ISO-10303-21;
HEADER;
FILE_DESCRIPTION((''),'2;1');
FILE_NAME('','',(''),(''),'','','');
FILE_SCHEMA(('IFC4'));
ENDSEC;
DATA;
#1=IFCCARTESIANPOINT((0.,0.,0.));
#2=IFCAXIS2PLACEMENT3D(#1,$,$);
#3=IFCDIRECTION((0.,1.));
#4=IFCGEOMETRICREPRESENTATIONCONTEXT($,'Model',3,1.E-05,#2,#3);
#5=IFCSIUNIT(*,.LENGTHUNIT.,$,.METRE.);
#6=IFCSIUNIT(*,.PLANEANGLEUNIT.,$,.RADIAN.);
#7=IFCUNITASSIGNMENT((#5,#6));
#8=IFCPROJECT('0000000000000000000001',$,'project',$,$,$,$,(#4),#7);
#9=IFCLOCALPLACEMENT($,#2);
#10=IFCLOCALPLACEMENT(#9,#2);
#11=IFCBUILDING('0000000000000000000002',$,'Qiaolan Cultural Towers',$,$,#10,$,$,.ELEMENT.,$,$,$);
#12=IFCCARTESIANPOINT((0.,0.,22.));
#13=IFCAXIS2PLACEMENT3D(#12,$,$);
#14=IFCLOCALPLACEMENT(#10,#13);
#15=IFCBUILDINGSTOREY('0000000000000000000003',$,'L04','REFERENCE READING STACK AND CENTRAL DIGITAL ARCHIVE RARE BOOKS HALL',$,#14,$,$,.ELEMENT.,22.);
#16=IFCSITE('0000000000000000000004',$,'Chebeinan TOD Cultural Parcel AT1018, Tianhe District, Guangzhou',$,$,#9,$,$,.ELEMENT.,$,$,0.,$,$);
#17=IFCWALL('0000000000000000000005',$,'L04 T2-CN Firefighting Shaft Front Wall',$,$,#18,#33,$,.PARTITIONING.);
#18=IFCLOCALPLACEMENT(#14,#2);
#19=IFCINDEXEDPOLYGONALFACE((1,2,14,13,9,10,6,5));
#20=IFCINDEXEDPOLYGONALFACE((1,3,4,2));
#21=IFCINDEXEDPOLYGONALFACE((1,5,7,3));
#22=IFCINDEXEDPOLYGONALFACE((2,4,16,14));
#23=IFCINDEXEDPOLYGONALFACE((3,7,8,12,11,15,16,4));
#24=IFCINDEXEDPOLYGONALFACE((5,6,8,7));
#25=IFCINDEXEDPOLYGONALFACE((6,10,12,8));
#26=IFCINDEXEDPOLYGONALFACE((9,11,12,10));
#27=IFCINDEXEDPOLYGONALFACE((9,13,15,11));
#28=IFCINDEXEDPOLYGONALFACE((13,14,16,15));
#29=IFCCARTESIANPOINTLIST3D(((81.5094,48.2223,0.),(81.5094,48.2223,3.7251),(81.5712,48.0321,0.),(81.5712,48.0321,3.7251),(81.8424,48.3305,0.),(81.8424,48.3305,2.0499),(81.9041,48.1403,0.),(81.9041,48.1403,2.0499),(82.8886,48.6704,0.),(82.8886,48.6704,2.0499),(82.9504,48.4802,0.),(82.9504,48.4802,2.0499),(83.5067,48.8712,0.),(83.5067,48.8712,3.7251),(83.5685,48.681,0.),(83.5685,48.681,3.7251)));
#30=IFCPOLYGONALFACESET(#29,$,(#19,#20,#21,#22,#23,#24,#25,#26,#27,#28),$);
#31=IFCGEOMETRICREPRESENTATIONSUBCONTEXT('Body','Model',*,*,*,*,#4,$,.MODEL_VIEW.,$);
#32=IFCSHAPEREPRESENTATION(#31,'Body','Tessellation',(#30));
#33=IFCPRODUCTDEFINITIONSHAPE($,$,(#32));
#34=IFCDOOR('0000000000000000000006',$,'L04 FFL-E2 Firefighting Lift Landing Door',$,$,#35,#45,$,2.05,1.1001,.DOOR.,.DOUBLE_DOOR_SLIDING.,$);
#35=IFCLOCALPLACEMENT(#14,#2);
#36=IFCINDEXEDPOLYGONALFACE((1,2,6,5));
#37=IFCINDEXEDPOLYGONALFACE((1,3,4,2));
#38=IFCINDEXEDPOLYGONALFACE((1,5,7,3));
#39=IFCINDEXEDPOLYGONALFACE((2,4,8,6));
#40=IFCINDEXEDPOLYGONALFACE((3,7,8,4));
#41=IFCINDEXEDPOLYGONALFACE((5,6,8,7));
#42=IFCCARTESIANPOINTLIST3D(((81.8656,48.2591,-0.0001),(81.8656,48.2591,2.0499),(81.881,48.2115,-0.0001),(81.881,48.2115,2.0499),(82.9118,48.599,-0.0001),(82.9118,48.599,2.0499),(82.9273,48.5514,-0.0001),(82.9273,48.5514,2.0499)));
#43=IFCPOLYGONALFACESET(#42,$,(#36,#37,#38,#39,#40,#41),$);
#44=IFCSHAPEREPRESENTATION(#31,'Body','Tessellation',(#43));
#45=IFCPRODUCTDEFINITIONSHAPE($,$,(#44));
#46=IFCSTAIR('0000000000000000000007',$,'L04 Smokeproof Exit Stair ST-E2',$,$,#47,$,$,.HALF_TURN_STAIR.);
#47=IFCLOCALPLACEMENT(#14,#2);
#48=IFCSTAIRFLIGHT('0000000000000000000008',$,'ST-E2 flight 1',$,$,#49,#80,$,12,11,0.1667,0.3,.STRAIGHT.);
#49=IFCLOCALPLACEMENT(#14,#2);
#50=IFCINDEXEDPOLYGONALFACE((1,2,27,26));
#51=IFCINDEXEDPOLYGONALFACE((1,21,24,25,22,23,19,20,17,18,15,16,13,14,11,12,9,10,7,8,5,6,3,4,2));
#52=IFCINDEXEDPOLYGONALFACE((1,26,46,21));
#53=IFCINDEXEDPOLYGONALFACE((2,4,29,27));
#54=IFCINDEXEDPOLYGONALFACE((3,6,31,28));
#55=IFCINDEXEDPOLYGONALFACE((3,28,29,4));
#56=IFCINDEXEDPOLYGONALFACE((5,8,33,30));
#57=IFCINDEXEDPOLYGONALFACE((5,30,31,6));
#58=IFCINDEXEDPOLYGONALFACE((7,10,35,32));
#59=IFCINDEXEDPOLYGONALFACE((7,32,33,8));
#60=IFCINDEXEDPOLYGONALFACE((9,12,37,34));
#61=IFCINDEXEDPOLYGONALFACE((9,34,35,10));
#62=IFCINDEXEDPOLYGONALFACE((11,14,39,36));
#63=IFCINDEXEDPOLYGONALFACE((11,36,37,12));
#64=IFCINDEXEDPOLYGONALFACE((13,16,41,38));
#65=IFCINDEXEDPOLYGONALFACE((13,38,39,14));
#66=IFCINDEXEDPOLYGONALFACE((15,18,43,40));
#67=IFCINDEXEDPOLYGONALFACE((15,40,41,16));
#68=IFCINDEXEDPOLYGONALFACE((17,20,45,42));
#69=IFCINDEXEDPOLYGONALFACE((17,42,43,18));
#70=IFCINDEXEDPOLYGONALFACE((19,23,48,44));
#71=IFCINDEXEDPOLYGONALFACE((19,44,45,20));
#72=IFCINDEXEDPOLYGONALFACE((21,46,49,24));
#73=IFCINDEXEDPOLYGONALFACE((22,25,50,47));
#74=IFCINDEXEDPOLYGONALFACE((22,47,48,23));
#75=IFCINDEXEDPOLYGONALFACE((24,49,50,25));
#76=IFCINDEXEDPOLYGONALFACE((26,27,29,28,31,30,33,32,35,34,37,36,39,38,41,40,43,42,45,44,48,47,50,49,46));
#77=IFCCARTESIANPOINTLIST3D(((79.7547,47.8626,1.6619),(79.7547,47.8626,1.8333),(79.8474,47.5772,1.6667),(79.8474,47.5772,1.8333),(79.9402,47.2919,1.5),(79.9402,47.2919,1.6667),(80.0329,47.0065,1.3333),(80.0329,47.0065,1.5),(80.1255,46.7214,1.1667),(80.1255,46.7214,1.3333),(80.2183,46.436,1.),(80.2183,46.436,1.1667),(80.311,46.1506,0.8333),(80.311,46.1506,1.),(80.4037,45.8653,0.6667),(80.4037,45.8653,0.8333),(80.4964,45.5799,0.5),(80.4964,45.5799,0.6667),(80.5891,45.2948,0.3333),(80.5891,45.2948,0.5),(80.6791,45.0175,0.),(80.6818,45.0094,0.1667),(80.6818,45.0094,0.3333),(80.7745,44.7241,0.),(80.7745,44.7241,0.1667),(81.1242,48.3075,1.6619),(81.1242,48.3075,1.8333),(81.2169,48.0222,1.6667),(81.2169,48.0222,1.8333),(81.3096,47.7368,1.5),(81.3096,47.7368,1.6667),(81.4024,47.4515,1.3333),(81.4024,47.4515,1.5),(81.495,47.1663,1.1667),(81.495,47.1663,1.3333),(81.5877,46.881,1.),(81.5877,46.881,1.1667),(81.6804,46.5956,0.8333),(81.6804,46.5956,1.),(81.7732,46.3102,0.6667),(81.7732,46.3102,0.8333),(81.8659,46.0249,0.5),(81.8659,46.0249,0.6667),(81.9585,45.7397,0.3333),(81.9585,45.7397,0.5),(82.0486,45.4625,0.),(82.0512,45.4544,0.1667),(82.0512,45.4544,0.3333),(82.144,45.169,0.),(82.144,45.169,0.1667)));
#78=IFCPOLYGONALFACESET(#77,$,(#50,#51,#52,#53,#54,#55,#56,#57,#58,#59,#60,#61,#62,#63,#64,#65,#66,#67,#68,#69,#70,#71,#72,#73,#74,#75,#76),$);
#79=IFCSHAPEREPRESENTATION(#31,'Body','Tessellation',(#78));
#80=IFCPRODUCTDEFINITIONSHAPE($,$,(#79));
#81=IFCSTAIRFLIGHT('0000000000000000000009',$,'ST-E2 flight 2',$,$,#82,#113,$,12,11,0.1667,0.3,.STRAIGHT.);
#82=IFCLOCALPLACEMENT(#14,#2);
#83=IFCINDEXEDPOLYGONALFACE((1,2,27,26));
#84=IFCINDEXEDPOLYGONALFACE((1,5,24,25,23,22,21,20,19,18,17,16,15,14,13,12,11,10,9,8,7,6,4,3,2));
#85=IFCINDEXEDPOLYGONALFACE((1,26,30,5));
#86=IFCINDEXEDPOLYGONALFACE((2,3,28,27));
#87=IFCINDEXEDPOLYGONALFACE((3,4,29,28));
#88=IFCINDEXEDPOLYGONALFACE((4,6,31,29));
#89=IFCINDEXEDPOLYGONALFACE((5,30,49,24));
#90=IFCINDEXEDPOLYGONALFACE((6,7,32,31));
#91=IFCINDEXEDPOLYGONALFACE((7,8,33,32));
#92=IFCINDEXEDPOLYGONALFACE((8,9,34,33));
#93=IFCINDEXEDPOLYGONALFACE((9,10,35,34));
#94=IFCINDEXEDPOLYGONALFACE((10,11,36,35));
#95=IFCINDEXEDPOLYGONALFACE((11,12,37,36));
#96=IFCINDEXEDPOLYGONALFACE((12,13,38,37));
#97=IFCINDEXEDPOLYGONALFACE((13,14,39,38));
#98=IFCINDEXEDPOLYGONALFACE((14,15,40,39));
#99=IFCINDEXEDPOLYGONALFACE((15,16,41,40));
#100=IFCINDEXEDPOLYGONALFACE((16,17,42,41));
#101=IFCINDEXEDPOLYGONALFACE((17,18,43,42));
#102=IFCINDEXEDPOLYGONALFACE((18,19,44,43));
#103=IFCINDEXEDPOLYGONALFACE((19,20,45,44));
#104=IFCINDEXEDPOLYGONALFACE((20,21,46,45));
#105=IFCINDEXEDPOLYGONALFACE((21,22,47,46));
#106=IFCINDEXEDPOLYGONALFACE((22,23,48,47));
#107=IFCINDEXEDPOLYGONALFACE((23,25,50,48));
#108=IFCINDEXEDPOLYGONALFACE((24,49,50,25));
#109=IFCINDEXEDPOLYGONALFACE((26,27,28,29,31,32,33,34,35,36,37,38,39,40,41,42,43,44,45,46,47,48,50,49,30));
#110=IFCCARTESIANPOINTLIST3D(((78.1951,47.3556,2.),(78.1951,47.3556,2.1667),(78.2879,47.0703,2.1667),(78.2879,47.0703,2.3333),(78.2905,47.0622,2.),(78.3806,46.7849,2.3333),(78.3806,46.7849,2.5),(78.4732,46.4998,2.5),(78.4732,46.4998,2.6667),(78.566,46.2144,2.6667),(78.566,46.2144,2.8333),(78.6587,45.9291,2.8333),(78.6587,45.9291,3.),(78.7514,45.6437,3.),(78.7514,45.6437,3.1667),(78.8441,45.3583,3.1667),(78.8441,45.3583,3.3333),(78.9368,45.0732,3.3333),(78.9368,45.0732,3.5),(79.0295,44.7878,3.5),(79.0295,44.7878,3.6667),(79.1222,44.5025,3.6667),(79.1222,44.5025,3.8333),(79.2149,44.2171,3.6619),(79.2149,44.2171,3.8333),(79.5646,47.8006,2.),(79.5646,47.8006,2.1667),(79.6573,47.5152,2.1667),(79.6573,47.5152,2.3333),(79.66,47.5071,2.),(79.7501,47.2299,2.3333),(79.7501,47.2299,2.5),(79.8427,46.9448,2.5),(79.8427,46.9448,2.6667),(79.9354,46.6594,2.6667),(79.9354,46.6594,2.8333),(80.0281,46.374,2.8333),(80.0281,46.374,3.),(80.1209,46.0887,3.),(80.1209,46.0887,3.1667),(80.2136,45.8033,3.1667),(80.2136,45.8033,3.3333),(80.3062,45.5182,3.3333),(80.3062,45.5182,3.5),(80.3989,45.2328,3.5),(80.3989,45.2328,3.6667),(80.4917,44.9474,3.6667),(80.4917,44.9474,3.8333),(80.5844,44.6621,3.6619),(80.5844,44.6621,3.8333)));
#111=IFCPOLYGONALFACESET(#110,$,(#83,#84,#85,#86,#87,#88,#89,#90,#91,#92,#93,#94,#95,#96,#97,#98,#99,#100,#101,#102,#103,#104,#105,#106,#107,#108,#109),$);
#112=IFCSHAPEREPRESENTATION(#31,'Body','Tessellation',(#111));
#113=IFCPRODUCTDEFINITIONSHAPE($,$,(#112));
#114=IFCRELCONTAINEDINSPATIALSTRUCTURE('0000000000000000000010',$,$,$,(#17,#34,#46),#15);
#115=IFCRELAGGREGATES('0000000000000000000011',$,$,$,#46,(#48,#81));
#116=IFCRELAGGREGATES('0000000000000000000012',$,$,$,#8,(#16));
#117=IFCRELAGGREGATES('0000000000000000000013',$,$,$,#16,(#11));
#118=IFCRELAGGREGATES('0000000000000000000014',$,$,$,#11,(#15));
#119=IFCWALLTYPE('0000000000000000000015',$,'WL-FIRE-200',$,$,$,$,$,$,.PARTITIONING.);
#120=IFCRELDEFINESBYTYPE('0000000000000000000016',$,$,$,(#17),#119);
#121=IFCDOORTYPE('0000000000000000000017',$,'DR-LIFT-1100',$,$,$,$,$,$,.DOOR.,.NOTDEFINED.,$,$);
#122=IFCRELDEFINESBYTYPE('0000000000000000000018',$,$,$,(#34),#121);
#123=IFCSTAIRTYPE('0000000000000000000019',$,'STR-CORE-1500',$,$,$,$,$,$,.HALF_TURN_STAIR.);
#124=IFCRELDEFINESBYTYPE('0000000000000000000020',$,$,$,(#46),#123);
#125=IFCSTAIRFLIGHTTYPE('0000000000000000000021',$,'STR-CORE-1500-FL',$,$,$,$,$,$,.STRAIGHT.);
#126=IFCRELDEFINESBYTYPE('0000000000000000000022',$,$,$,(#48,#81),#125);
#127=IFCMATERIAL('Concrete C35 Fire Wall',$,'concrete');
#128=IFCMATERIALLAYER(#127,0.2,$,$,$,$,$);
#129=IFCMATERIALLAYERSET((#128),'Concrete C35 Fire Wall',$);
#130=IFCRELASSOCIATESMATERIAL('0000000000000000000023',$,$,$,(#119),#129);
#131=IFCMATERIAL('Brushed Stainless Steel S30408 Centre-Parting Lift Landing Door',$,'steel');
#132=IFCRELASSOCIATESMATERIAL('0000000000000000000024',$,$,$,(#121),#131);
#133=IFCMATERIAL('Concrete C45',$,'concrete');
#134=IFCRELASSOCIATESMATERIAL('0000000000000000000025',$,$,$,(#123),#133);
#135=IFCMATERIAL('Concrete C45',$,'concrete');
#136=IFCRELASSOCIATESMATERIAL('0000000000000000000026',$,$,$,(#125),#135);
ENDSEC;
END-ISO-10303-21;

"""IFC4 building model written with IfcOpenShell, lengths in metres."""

from ifc_helpers import new_model, si_unit, direction, frame, frame_2d, origin, place, context, subcontext, project, spatial, polyline, rectangle, outline, extrude, material, layer, layer_set, type_object, element, fill, aggregate, save


model = new_model("IFC4")

# Units and contexts
model_context = context("Model", 3, precision=1e-05, world=origin(), true_north=direction((0.0, 1.0)))
body_context = subcontext(model_context, "Body", "Model", "MODEL_VIEW")
ifc_project = project(units=[si_unit("LENGTHUNIT", "METRE"), si_unit("PLANEANGLEUNIT", "RADIAN")], contexts=[model_context])

# Site, building, storey
site_placement = place(None, origin())
site = spatial("IfcSite", under=ifc_project, at=site_placement, Name="Chebeinan TOD Cultural Parcel AT1018, Tianhe District, Guangzhou", CompositionType="ELEMENT", RefElevation=0.0)
building_placement = place(site_placement, origin())
building = spatial("IfcBuilding", under=site, at=building_placement, Name="Qiaolan Cultural Towers", CompositionType="ELEMENT")
storey_placement = place(building_placement, frame((0.0, 0.0, 22.0)))
storey = spatial("IfcBuildingStorey", under=building, at=storey_placement, Name="L04", Description="REFERENCE READING STACK AND CENTRAL DIGITAL ARCHIVE RARE BOOKS HALL", CompositionType="ELEMENT", Elevation=22.0)

# Wall, opening, door
ifc_material_1 = material(Name="Concrete C35 Fire Wall", Category="concrete")
ifc_layer_1 = layer(ifc_material_1, 0.2)
ifc_layer_set_1 = layer_set([ifc_layer_1], Name="Concrete C35 Fire Wall")
wall_type_1 = type_object("IfcWallType", Name="WL-FIRE-200", PredefinedType="PARTITIONING", material=ifc_layer_set_1)
wall_1_placement = place(storey_placement, frame((81.5403, 48.1272, 0.0), z_axis=(0.0, 0.0, 1.0), x_axis=(0.951062, 0.308999, 0.0)))
wall_1 = element("IfcWall", 1, at=wall_1_placement, inside=storey, type_object=wall_type_1, Name="L04 T2-CN Firefighting Shaft Front Wall", PredefinedType="PARTITIONING", context=body_context, shape_type="SweptSolid", body=[
    extrude(rectangle(XDim=2.1001, YDim=0.2, at=frame_2d((1.05, 0.0))), origin(), (0.0, 0.0, 1.0), 3.7251),
])
opening_placement = place(wall_1_placement, frame((0.3501, 0.0, 0.0)))
opening = element("IfcOpeningElement", 2, at=opening_placement, cuts=wall_1, PredefinedType="OPENING", context=body_context, shape_type="SweptSolid", body=[
    extrude(rectangle(XDim=1.1001, YDim=2.05, at=frame_2d((0.55, 1.0249))), frame((0.0, 0.1099, 0.0), z_axis=(0.0, -1.0, 0.0), x_axis=(1.0, 0.0, 0.0)), (0.0, 0.0, 1.0), 0.22),
])
ifc_material_2 = material(Name="Brushed Stainless Steel S30408 Centre-Parting Lift Landing Door", Category="steel")
door_type = type_object("IfcDoorType", Name="DR-LIFT-1100", OperationType="NOTDEFINED", PredefinedType="DOOR", material=ifc_material_2)
door_placement = place(opening_placement, origin())
door = element("IfcDoor", 3, at=door_placement, inside=storey, type_object=door_type, Name="L04 FFL-E2 Firefighting Lift Landing Door", OperationType="DOUBLE_DOOR_SLIDING", OverallHeight=2.05, OverallWidth=1.1001, PredefinedType="DOOR", context=body_context, shape_type="SweptSolid", body=[
    extrude(rectangle(XDim=1.1001, YDim=2.05, at=frame_2d((0.55, 1.0249))), frame((0.0, 0.0249, 0.0), z_axis=(0.0, -1.0, 0.0), x_axis=(1.0, 0.0, 0.0)), (0.0, 0.0, 1.0), 0.05),
])
fill(opening, door)

# Stair, stair flights
ifc_material_3 = material(Name="Concrete C45", Category="concrete")
stair_type = type_object("IfcStairType", Name="STR-CORE-1500", PredefinedType="HALF_TURN_STAIR", material=ifc_material_3)
stair_placement = place(storey_placement, origin())
stair = element("IfcStair", 4, at=stair_placement, inside=storey, type_object=stair_type, Name="L04 Smokeproof Exit Stair ST-E2", PredefinedType="HALF_TURN_STAIR")
ifc_material_4 = material(Name="Concrete C45", Category="concrete")
stair_flight_type = type_object("IfcStairFlightType", Name="STR-CORE-1500-FL", PredefinedType="STRAIGHT", material=ifc_material_4)
stair_flight_1_placement = place(storey_placement, frame((81.4592, 44.9465, 0.0), z_axis=(0.0, 0.0, 1.0), x_axis=(-0.309017, 0.951057, 0.0)))
stair_flight_1 = element("IfcStairFlight", 5, at=stair_flight_1_placement, type_object=stair_flight_type, Name="ST-E2 flight 1", NumberOfRisers=12, NumberOfTreads=11, PredefinedType="STRAIGHT", RiserHeight=0.1667, TreadLength=0.3, context=body_context, shape_type="SweptSolid", body=[
    extrude(outline(polyline([(0.0, 0.0), (0.0, 0.1667), (0.3, 0.1667), (0.3, 0.3333), (0.6001, 0.3333), (0.6001, 0.5), (0.8999, 0.5), (0.8999, 0.6667), (1.2, 0.6667), (1.2, 0.8333), (1.5, 0.8333), (1.5, 1.0), (1.8, 1.0), (1.8, 1.1667), (2.1001, 1.1667), (2.1001, 1.3333), (2.3999, 1.3333), (2.3999, 1.5), (2.7, 1.5), (2.7, 1.6667), (3.0, 1.6667), (3.0, 1.8333), (3.3, 1.8333), (3.3, 2.0), (3.3, 1.6619), (0.3086, 0.0), (0.0, 0.0)])), frame((0.0, 0.72, 0.0), z_axis=(0.0, -1.0, 0.0), x_axis=(1.0, 0.0, 0.0)), (0.0, 0.0, 1.0), 1.4399),
])
stair_flight_2_placement = place(storey_placement, frame((78.8799, 47.5781, 2.0), z_axis=(0.0, 0.0, 1.0), x_axis=(0.309017, -0.951057, 0.0)))
stair_flight_2 = element("IfcStairFlight", 6, at=stair_flight_2_placement, type_object=stair_flight_type, Name="ST-E2 flight 2", NumberOfRisers=12, NumberOfTreads=11, PredefinedType="STRAIGHT", RiserHeight=0.1667, TreadLength=0.3, context=body_context, shape_type="SweptSolid", body=[
    extrude(outline(polyline([(0.0, 0.0), (0.0, 0.1667), (0.3, 0.1667), (0.3, 0.3333), (0.6001, 0.3333), (0.6001, 0.5), (0.8999, 0.5), (0.8999, 0.6667), (1.2, 0.6667), (1.2, 0.8333), (1.5, 0.8333), (1.5, 1.0), (1.8, 1.0), (1.8, 1.1667), (2.1001, 1.1667), (2.1001, 1.3333), (2.3999, 1.3333), (2.3999, 1.5), (2.7, 1.5), (2.7, 1.6667), (3.0, 1.6667), (3.0, 1.8333), (3.3, 1.8333), (3.3, 2.0), (3.3, 1.6619), (0.3086, 0.0), (0.0, 0.0)])), frame((0.0, 0.72, 0.0), z_axis=(0.0, -1.0, 0.0), x_axis=(1.0, 0.0, 0.0)), (0.0, 0.0, 1.0), 1.4399),
])
aggregate(stair, [stair_flight_1, stair_flight_2])

save(model, "model.ifc")
